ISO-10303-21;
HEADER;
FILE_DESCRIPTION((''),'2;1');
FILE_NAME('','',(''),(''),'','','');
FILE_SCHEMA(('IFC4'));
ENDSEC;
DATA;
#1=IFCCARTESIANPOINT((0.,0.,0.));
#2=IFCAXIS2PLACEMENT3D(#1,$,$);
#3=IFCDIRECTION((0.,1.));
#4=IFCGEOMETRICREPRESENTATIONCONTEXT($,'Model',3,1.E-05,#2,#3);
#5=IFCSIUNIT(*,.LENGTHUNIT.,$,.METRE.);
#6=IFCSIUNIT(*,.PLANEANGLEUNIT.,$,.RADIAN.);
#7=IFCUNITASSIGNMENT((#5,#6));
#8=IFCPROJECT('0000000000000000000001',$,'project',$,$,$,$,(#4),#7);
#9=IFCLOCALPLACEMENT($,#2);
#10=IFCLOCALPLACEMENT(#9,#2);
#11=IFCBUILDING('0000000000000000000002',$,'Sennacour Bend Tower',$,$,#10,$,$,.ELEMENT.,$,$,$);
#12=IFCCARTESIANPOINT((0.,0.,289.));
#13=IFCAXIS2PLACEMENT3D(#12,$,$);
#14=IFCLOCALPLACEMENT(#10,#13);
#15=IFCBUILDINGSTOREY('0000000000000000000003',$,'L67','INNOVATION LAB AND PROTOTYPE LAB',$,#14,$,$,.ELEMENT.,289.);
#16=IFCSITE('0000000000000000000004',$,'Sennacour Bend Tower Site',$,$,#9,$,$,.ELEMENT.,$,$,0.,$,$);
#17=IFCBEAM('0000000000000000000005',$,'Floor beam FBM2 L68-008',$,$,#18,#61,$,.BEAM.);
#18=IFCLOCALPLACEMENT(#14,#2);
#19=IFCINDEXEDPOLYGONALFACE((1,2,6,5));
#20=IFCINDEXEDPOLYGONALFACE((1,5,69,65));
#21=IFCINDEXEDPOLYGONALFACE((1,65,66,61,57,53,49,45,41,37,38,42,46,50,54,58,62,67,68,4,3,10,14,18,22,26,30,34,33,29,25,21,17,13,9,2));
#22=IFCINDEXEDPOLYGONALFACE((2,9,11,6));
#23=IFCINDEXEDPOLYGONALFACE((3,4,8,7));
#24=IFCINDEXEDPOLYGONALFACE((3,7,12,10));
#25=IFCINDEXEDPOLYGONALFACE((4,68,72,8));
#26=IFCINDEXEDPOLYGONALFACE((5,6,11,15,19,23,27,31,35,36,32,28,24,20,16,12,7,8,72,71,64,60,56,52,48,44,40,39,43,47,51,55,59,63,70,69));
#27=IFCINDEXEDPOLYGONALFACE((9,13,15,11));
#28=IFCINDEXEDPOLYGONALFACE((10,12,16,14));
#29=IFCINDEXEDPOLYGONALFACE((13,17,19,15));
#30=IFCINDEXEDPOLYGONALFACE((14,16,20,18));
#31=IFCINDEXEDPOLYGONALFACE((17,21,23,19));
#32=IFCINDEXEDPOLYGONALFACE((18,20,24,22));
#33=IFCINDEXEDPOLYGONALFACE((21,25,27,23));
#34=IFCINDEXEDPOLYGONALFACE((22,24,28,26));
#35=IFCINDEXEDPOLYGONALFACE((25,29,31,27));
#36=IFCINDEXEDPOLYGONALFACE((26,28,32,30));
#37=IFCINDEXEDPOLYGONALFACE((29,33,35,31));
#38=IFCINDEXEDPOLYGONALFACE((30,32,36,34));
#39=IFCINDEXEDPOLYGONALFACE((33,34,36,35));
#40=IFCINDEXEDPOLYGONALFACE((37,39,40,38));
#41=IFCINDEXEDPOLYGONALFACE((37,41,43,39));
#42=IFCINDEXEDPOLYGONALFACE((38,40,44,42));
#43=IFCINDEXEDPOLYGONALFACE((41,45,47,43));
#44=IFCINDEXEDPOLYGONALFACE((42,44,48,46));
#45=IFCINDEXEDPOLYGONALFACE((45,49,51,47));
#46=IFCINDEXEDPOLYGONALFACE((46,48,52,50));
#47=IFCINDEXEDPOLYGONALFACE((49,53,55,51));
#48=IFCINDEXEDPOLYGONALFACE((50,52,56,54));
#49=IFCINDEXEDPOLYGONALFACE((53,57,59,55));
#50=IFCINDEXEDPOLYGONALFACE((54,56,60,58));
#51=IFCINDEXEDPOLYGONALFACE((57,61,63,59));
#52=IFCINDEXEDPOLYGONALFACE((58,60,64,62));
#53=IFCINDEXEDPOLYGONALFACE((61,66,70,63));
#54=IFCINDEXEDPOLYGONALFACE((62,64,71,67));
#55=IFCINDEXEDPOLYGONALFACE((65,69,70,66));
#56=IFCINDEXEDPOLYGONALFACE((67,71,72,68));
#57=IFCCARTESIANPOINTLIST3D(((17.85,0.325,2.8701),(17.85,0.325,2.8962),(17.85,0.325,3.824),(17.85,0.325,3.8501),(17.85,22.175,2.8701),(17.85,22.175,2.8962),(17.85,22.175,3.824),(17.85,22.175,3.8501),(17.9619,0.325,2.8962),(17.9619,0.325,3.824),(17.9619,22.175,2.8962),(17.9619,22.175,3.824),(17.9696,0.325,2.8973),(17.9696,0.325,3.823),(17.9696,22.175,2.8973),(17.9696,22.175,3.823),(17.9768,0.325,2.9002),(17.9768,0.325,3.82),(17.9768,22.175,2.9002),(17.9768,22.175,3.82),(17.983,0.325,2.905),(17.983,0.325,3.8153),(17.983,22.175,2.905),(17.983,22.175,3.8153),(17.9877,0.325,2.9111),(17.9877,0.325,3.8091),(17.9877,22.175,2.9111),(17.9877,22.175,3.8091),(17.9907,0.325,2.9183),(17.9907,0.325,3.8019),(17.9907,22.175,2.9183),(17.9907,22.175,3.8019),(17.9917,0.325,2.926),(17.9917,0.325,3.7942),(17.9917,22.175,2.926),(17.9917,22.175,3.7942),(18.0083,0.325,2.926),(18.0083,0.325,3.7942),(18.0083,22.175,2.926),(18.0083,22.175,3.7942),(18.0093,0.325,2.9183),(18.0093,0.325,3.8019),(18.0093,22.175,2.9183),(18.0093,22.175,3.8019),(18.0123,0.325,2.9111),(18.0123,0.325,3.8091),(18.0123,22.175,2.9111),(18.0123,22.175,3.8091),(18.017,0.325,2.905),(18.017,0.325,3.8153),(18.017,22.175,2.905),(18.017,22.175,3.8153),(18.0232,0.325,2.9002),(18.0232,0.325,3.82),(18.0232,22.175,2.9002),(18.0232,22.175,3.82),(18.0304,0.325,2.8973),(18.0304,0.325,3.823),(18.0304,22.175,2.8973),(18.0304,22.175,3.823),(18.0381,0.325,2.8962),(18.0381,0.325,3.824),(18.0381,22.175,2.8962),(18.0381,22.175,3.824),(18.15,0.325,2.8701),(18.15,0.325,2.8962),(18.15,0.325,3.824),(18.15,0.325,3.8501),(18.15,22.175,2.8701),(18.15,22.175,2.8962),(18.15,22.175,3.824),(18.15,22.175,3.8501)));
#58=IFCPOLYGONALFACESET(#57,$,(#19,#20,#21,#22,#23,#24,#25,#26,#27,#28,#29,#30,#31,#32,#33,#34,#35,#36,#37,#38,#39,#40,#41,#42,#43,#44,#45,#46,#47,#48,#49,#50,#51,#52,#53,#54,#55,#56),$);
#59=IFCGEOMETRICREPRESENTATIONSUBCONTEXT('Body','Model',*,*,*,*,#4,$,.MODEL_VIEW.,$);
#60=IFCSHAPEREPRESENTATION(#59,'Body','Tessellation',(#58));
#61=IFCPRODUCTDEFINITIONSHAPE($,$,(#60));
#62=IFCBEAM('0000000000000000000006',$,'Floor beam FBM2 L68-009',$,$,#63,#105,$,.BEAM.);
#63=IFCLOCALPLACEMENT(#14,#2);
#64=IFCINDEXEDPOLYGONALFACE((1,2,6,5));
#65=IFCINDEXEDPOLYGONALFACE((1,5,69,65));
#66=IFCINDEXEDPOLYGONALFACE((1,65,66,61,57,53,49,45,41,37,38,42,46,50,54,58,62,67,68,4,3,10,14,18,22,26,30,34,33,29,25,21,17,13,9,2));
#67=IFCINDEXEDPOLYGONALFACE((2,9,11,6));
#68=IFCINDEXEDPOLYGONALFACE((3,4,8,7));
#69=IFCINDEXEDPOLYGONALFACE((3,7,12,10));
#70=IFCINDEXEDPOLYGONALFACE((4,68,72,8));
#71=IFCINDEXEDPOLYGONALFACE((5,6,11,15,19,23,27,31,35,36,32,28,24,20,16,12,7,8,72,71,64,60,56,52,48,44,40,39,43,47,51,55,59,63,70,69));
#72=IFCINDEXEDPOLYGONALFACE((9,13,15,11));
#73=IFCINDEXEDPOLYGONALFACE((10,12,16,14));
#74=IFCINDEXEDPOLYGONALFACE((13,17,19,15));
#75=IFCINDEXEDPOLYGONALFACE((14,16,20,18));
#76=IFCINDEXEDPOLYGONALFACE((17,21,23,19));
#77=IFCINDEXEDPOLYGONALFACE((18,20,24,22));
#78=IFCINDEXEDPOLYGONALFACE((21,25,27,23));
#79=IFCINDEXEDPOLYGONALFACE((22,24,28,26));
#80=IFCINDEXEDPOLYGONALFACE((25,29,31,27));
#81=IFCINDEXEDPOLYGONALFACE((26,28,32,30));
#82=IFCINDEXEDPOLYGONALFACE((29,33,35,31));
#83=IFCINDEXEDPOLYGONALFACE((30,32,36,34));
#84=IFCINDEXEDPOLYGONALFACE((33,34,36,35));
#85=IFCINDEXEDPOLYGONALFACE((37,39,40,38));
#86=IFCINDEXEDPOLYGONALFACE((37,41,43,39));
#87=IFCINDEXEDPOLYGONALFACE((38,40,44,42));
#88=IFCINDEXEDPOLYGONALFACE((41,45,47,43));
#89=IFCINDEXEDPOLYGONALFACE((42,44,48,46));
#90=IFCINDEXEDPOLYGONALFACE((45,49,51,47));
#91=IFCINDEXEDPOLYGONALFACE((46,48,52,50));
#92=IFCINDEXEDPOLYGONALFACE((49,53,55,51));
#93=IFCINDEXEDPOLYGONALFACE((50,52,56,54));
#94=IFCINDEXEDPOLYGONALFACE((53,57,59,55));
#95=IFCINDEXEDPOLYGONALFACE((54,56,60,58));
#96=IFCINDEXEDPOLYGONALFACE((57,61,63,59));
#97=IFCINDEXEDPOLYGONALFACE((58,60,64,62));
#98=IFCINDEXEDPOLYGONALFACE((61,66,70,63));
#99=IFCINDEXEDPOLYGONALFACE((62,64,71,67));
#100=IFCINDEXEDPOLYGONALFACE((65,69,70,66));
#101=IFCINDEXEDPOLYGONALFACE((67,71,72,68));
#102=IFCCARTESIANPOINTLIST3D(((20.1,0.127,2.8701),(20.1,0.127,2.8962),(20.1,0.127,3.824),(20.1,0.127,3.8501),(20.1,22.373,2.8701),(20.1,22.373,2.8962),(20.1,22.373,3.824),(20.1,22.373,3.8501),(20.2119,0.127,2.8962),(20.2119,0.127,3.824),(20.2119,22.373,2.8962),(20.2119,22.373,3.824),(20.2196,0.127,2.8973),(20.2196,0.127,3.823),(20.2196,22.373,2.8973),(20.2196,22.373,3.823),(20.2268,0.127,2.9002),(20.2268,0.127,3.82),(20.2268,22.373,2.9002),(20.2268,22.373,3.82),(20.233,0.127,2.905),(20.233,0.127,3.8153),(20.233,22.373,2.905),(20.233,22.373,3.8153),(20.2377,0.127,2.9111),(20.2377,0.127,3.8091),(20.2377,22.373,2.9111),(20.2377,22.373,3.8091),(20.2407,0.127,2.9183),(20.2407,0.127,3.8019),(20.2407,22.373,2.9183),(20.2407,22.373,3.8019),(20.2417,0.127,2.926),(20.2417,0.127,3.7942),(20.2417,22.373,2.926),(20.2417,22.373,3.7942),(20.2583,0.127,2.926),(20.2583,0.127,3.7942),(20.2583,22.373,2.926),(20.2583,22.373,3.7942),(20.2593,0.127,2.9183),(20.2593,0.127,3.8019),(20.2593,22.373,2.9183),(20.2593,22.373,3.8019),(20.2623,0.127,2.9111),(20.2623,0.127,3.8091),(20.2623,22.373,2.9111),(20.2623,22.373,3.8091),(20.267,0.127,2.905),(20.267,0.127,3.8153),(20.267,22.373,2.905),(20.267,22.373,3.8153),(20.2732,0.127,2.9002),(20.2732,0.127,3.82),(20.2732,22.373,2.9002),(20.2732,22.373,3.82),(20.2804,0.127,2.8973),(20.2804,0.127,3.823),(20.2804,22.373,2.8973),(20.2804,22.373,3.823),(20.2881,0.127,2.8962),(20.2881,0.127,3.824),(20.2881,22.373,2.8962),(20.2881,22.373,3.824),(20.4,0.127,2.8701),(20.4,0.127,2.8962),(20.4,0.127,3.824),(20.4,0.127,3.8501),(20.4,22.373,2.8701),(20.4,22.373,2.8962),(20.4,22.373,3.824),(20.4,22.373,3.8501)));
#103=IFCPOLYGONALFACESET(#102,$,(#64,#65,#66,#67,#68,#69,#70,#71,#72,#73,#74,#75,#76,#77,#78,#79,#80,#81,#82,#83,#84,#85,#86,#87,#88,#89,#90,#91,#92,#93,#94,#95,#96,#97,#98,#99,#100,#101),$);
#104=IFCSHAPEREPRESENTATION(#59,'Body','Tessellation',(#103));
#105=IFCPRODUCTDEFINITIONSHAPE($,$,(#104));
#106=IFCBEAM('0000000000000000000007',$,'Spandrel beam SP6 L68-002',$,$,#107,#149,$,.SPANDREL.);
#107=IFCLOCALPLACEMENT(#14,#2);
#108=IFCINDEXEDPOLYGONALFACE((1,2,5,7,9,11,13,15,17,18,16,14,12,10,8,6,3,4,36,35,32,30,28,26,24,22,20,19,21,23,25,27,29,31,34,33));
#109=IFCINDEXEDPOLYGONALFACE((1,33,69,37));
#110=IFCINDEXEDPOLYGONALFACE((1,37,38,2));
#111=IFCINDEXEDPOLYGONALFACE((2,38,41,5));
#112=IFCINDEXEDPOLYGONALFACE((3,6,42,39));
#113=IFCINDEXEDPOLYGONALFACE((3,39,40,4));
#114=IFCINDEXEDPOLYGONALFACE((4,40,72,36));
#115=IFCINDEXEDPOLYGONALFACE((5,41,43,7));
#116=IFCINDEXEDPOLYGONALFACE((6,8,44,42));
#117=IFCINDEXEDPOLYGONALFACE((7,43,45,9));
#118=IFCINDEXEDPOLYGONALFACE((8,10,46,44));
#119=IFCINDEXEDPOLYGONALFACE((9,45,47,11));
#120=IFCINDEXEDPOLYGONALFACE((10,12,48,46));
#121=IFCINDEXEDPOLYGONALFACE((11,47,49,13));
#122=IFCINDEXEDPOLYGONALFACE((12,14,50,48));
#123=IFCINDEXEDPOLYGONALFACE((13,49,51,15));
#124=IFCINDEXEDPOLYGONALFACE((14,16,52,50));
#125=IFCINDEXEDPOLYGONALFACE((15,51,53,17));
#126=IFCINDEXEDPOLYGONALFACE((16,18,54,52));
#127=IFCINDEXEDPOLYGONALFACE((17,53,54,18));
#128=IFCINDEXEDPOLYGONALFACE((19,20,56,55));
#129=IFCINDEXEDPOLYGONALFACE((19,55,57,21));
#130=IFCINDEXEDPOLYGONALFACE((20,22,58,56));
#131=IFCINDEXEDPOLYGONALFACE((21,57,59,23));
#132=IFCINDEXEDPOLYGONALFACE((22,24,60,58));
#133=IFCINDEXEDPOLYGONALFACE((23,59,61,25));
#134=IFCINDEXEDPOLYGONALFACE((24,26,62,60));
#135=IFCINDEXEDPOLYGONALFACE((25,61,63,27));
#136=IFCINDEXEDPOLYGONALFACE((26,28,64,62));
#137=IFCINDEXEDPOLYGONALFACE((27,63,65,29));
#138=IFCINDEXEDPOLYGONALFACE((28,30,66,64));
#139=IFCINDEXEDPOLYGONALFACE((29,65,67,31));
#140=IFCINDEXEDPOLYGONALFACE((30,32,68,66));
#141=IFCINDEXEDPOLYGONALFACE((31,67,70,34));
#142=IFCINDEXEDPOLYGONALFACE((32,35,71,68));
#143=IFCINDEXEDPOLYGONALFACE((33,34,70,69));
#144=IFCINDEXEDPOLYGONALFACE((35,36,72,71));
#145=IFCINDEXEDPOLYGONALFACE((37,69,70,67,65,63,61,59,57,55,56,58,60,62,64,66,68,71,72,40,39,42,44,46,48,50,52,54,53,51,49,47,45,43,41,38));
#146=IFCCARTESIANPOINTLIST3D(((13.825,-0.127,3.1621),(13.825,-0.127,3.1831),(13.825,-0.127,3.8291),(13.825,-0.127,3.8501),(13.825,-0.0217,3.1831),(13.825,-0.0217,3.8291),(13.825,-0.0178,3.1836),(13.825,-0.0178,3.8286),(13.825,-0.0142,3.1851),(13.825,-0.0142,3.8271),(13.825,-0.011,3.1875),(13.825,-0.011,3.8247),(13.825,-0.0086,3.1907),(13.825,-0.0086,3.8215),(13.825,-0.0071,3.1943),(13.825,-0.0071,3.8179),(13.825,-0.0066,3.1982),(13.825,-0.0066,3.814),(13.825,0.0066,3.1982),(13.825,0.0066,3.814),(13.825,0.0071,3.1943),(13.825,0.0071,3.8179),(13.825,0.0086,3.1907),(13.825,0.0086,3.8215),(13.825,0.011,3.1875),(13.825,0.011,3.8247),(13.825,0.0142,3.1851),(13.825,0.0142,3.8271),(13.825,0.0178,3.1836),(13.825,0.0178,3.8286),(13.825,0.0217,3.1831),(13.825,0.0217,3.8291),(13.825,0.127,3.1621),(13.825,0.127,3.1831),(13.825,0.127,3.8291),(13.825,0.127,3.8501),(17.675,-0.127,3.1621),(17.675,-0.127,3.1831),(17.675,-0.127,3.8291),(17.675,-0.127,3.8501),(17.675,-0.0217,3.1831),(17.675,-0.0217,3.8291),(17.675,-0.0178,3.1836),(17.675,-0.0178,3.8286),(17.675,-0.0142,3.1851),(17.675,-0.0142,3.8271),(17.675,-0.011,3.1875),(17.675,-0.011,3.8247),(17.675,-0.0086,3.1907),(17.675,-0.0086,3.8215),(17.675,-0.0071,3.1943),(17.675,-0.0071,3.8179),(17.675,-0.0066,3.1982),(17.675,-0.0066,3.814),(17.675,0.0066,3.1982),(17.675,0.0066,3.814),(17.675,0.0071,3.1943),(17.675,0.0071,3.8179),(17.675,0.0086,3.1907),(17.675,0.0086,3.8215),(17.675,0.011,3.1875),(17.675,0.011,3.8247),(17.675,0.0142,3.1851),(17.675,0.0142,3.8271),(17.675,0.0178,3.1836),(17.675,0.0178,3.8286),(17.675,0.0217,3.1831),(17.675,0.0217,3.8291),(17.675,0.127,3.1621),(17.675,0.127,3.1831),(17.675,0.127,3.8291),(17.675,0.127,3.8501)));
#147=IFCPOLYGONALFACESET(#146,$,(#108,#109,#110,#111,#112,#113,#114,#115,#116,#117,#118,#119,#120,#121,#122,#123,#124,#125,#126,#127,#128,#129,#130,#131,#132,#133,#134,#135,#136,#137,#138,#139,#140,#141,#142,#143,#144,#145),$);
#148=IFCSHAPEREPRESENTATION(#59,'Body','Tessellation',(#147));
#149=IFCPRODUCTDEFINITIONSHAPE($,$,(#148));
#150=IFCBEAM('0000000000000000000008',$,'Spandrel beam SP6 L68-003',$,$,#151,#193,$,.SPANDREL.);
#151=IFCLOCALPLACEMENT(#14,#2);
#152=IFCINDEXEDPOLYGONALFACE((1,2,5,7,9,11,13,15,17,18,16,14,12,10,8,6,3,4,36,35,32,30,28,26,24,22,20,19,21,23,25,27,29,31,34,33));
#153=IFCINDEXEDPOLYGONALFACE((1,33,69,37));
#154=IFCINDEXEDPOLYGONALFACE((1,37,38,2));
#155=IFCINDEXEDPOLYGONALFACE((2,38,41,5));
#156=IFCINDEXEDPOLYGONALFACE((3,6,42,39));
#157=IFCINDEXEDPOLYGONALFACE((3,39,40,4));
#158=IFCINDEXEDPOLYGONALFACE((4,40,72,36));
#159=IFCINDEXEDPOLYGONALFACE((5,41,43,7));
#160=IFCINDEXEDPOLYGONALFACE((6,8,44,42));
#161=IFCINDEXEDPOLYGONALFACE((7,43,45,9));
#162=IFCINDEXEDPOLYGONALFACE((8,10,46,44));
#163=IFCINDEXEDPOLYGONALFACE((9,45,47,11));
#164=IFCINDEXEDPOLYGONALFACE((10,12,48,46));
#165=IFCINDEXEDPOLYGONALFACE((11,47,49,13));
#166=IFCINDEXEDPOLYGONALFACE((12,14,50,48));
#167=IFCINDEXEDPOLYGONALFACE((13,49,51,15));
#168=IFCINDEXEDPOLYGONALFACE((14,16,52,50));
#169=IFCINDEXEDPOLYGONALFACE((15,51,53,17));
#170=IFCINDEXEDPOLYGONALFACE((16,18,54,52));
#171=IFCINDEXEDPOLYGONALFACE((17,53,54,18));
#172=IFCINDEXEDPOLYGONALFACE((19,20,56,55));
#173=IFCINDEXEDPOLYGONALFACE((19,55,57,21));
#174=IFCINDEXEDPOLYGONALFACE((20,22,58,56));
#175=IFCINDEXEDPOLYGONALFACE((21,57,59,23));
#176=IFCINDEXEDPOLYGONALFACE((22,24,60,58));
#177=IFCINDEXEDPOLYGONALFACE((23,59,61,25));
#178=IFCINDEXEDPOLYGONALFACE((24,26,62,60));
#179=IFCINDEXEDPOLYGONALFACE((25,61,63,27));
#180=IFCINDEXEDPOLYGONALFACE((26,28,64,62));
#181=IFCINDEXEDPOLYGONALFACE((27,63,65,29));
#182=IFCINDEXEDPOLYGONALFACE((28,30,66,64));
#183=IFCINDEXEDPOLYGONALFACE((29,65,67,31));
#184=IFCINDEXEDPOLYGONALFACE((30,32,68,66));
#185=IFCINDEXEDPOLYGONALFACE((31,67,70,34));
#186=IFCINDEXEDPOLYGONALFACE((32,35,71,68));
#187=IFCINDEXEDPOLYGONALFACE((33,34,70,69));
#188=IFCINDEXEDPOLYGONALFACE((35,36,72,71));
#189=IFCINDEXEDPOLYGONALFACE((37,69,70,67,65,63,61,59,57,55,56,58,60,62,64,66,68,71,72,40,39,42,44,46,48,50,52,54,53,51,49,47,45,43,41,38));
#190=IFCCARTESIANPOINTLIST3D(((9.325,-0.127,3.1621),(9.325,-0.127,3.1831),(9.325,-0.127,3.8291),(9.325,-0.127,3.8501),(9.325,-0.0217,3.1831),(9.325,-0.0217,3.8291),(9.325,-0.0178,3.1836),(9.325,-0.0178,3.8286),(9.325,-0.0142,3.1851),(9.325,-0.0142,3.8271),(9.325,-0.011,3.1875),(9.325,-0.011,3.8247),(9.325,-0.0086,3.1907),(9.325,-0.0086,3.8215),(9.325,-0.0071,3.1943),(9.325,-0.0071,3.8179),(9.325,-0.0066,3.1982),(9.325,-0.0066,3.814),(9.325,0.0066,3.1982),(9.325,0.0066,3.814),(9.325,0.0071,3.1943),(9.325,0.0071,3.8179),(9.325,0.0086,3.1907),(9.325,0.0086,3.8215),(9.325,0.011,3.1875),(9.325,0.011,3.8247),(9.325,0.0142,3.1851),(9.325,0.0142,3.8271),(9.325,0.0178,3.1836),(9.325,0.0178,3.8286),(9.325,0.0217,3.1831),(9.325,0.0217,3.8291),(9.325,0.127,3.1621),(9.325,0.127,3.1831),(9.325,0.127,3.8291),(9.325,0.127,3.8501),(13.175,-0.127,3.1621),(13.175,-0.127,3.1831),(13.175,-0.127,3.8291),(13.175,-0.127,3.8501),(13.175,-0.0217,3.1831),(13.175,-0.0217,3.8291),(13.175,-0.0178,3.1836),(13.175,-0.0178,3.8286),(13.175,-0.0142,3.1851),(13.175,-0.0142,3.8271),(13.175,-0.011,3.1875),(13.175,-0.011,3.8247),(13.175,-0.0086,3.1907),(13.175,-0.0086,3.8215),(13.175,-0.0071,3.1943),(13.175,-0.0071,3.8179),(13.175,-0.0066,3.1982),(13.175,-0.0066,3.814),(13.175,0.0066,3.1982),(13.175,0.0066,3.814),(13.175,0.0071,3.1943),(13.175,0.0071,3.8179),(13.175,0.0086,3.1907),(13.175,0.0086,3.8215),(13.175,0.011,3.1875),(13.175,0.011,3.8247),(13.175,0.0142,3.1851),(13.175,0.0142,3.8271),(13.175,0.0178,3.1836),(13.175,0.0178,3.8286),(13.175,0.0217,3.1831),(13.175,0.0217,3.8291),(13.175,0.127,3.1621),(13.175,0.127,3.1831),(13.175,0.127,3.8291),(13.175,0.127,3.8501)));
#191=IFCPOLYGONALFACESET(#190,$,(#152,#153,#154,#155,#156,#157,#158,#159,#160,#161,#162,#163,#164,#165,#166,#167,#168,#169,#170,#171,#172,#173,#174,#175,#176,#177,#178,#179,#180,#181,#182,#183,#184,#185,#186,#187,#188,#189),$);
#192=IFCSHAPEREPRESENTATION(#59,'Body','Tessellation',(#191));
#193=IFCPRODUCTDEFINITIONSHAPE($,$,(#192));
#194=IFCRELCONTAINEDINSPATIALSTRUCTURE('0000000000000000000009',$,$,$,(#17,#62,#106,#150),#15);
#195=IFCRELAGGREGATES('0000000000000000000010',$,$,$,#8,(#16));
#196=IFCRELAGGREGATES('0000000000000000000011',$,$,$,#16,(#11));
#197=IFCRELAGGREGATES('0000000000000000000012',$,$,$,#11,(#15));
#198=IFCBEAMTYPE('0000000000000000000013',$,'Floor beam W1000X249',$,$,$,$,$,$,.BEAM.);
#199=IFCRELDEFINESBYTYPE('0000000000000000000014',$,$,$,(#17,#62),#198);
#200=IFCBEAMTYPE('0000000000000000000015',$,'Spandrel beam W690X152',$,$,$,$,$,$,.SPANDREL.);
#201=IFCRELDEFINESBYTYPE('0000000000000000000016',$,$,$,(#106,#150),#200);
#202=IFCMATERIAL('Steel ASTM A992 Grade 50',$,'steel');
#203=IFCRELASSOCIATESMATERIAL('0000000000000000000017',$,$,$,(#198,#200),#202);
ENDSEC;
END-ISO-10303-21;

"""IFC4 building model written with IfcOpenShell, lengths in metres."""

from ifc_helpers import new_model, si_unit, direction, frame, origin, origin_2d, place, context, subcontext, project, spatial, i_section, extrude, material, material_profile, profile_set, type_object, element, save


model = new_model("IFC4")

# Units and contexts
model_context = context("Model", 3, precision=1e-05, world=origin(), true_north=direction((0.0, 1.0)))
body_context = subcontext(model_context, "Body", "Model", "MODEL_VIEW")
ifc_project = project(units=[si_unit("LENGTHUNIT", "METRE"), si_unit("PLANEANGLEUNIT", "RADIAN")], contexts=[model_context])

# Site, building, storey
site_placement = place(None, origin())
site = spatial("IfcSite", under=ifc_project, at=site_placement, Name="Sennacour Bend Tower Site", CompositionType="ELEMENT", RefElevation=0.0)
building_placement = place(site_placement, origin())
building = spatial("IfcBuilding", under=site, at=building_placement, Name="Sennacour Bend Tower", CompositionType="ELEMENT")
storey_placement = place(building_placement, frame((0.0, 0.0, 289.0)))
storey = spatial("IfcBuildingStorey", under=building, at=storey_placement, Name="L67", Description="INNOVATION LAB AND PROTOTYPE LAB", CompositionType="ELEMENT", Elevation=289.0)

# Beams
ifc_material_1 = material(Name="Steel ASTM A992 Grade 50", Category="steel")
ifc_material_profile_1 = material_profile(ifc_material_1, i_section(OverallWidth=0.3, OverallDepth=0.98, WebThickness=0.0166, FlangeThickness=0.0261, FilletRadius=0.0298, at=origin_2d()), Name="Steel ASTM A992 Grade 50", Category="steel")
ifc_profile_set_1 = profile_set([ifc_material_profile_1], Name="Steel ASTM A992 Grade 50")
beam_type_1 = type_object("IfcBeamType", Name="Floor beam W1000X249", PredefinedType="BEAM", material=ifc_profile_set_1)
beam_1_placement = place(storey_placement, frame((18.0, 0.325, 3.3601), z_axis=(0.0, 1.0, 0.0), x_axis=(-1.0, 0.0, 0.0)))
element("IfcBeam", 1, at=beam_1_placement, inside=storey, type_object=beam_type_1, Name="Floor beam FBM2 L68-008", PredefinedType="BEAM", context=body_context, shape_type="SweptSolid", body=[
    extrude(i_section(OverallWidth=0.3, OverallDepth=0.98, WebThickness=0.0166, FlangeThickness=0.0261, FilletRadius=0.0298, at=origin_2d()), origin(), (0.0, 0.0, 1.0), 21.8501),
])
beam_2_placement = place(storey_placement, frame((20.25, 0.127, 3.3601), z_axis=(0.0, 1.0, 0.0), x_axis=(-1.0, 0.0, 0.0)))
element("IfcBeam", 2, at=beam_2_placement, inside=storey, type_object=beam_type_1, Name="Floor beam FBM2 L68-009", PredefinedType="BEAM", context=body_context, shape_type="SweptSolid", body=[
    extrude(i_section(OverallWidth=0.3, OverallDepth=0.98, WebThickness=0.0166, FlangeThickness=0.0261, FilletRadius=0.0298, at=origin_2d()), origin(), (0.0, 0.0, 1.0), 22.2461),
])
ifc_material_profile_2 = material_profile(ifc_material_1, i_section(OverallWidth=0.2539, OverallDepth=0.688, WebThickness=0.0132, FlangeThickness=0.021, FilletRadius=0.0151, at=origin_2d()), Name="Steel ASTM A992 Grade 50", Category="steel")
ifc_profile_set_2 = profile_set([ifc_material_profile_2], Name="Steel ASTM A992 Grade 50")
beam_type_2 = type_object("IfcBeamType", Name="Spandrel beam W690X152", PredefinedType="SPANDREL", material=ifc_profile_set_2)
for number, where, z_axis, x_axis, name in (
    (3, (17.675, 0.0, 3.5061), (-1.0, 0.0, 0.0), (0.0, -1.0, 0.0), "Spandrel beam SP6 L68-002"),
    (4, (13.175, 0.0, 3.5061), (-1.0, 0.0, 0.0), (0.0, -1.0, 0.0), "Spandrel beam SP6 L68-003"),
):
    element("IfcBeam", number, at=place(storey_placement, frame(where, z_axis=z_axis, x_axis=x_axis)), inside=storey, type_object=beam_type_2, Name=name, PredefinedType="SPANDREL", context=body_context, shape_type="SweptSolid", body=[
        extrude(i_section(OverallWidth=0.2539, OverallDepth=0.688, WebThickness=0.0132, FlangeThickness=0.021, FilletRadius=0.0151, at=origin_2d()), origin(), (0.0, 0.0, 1.0), 3.8501),
    ])

save(model, "model.ifc")
